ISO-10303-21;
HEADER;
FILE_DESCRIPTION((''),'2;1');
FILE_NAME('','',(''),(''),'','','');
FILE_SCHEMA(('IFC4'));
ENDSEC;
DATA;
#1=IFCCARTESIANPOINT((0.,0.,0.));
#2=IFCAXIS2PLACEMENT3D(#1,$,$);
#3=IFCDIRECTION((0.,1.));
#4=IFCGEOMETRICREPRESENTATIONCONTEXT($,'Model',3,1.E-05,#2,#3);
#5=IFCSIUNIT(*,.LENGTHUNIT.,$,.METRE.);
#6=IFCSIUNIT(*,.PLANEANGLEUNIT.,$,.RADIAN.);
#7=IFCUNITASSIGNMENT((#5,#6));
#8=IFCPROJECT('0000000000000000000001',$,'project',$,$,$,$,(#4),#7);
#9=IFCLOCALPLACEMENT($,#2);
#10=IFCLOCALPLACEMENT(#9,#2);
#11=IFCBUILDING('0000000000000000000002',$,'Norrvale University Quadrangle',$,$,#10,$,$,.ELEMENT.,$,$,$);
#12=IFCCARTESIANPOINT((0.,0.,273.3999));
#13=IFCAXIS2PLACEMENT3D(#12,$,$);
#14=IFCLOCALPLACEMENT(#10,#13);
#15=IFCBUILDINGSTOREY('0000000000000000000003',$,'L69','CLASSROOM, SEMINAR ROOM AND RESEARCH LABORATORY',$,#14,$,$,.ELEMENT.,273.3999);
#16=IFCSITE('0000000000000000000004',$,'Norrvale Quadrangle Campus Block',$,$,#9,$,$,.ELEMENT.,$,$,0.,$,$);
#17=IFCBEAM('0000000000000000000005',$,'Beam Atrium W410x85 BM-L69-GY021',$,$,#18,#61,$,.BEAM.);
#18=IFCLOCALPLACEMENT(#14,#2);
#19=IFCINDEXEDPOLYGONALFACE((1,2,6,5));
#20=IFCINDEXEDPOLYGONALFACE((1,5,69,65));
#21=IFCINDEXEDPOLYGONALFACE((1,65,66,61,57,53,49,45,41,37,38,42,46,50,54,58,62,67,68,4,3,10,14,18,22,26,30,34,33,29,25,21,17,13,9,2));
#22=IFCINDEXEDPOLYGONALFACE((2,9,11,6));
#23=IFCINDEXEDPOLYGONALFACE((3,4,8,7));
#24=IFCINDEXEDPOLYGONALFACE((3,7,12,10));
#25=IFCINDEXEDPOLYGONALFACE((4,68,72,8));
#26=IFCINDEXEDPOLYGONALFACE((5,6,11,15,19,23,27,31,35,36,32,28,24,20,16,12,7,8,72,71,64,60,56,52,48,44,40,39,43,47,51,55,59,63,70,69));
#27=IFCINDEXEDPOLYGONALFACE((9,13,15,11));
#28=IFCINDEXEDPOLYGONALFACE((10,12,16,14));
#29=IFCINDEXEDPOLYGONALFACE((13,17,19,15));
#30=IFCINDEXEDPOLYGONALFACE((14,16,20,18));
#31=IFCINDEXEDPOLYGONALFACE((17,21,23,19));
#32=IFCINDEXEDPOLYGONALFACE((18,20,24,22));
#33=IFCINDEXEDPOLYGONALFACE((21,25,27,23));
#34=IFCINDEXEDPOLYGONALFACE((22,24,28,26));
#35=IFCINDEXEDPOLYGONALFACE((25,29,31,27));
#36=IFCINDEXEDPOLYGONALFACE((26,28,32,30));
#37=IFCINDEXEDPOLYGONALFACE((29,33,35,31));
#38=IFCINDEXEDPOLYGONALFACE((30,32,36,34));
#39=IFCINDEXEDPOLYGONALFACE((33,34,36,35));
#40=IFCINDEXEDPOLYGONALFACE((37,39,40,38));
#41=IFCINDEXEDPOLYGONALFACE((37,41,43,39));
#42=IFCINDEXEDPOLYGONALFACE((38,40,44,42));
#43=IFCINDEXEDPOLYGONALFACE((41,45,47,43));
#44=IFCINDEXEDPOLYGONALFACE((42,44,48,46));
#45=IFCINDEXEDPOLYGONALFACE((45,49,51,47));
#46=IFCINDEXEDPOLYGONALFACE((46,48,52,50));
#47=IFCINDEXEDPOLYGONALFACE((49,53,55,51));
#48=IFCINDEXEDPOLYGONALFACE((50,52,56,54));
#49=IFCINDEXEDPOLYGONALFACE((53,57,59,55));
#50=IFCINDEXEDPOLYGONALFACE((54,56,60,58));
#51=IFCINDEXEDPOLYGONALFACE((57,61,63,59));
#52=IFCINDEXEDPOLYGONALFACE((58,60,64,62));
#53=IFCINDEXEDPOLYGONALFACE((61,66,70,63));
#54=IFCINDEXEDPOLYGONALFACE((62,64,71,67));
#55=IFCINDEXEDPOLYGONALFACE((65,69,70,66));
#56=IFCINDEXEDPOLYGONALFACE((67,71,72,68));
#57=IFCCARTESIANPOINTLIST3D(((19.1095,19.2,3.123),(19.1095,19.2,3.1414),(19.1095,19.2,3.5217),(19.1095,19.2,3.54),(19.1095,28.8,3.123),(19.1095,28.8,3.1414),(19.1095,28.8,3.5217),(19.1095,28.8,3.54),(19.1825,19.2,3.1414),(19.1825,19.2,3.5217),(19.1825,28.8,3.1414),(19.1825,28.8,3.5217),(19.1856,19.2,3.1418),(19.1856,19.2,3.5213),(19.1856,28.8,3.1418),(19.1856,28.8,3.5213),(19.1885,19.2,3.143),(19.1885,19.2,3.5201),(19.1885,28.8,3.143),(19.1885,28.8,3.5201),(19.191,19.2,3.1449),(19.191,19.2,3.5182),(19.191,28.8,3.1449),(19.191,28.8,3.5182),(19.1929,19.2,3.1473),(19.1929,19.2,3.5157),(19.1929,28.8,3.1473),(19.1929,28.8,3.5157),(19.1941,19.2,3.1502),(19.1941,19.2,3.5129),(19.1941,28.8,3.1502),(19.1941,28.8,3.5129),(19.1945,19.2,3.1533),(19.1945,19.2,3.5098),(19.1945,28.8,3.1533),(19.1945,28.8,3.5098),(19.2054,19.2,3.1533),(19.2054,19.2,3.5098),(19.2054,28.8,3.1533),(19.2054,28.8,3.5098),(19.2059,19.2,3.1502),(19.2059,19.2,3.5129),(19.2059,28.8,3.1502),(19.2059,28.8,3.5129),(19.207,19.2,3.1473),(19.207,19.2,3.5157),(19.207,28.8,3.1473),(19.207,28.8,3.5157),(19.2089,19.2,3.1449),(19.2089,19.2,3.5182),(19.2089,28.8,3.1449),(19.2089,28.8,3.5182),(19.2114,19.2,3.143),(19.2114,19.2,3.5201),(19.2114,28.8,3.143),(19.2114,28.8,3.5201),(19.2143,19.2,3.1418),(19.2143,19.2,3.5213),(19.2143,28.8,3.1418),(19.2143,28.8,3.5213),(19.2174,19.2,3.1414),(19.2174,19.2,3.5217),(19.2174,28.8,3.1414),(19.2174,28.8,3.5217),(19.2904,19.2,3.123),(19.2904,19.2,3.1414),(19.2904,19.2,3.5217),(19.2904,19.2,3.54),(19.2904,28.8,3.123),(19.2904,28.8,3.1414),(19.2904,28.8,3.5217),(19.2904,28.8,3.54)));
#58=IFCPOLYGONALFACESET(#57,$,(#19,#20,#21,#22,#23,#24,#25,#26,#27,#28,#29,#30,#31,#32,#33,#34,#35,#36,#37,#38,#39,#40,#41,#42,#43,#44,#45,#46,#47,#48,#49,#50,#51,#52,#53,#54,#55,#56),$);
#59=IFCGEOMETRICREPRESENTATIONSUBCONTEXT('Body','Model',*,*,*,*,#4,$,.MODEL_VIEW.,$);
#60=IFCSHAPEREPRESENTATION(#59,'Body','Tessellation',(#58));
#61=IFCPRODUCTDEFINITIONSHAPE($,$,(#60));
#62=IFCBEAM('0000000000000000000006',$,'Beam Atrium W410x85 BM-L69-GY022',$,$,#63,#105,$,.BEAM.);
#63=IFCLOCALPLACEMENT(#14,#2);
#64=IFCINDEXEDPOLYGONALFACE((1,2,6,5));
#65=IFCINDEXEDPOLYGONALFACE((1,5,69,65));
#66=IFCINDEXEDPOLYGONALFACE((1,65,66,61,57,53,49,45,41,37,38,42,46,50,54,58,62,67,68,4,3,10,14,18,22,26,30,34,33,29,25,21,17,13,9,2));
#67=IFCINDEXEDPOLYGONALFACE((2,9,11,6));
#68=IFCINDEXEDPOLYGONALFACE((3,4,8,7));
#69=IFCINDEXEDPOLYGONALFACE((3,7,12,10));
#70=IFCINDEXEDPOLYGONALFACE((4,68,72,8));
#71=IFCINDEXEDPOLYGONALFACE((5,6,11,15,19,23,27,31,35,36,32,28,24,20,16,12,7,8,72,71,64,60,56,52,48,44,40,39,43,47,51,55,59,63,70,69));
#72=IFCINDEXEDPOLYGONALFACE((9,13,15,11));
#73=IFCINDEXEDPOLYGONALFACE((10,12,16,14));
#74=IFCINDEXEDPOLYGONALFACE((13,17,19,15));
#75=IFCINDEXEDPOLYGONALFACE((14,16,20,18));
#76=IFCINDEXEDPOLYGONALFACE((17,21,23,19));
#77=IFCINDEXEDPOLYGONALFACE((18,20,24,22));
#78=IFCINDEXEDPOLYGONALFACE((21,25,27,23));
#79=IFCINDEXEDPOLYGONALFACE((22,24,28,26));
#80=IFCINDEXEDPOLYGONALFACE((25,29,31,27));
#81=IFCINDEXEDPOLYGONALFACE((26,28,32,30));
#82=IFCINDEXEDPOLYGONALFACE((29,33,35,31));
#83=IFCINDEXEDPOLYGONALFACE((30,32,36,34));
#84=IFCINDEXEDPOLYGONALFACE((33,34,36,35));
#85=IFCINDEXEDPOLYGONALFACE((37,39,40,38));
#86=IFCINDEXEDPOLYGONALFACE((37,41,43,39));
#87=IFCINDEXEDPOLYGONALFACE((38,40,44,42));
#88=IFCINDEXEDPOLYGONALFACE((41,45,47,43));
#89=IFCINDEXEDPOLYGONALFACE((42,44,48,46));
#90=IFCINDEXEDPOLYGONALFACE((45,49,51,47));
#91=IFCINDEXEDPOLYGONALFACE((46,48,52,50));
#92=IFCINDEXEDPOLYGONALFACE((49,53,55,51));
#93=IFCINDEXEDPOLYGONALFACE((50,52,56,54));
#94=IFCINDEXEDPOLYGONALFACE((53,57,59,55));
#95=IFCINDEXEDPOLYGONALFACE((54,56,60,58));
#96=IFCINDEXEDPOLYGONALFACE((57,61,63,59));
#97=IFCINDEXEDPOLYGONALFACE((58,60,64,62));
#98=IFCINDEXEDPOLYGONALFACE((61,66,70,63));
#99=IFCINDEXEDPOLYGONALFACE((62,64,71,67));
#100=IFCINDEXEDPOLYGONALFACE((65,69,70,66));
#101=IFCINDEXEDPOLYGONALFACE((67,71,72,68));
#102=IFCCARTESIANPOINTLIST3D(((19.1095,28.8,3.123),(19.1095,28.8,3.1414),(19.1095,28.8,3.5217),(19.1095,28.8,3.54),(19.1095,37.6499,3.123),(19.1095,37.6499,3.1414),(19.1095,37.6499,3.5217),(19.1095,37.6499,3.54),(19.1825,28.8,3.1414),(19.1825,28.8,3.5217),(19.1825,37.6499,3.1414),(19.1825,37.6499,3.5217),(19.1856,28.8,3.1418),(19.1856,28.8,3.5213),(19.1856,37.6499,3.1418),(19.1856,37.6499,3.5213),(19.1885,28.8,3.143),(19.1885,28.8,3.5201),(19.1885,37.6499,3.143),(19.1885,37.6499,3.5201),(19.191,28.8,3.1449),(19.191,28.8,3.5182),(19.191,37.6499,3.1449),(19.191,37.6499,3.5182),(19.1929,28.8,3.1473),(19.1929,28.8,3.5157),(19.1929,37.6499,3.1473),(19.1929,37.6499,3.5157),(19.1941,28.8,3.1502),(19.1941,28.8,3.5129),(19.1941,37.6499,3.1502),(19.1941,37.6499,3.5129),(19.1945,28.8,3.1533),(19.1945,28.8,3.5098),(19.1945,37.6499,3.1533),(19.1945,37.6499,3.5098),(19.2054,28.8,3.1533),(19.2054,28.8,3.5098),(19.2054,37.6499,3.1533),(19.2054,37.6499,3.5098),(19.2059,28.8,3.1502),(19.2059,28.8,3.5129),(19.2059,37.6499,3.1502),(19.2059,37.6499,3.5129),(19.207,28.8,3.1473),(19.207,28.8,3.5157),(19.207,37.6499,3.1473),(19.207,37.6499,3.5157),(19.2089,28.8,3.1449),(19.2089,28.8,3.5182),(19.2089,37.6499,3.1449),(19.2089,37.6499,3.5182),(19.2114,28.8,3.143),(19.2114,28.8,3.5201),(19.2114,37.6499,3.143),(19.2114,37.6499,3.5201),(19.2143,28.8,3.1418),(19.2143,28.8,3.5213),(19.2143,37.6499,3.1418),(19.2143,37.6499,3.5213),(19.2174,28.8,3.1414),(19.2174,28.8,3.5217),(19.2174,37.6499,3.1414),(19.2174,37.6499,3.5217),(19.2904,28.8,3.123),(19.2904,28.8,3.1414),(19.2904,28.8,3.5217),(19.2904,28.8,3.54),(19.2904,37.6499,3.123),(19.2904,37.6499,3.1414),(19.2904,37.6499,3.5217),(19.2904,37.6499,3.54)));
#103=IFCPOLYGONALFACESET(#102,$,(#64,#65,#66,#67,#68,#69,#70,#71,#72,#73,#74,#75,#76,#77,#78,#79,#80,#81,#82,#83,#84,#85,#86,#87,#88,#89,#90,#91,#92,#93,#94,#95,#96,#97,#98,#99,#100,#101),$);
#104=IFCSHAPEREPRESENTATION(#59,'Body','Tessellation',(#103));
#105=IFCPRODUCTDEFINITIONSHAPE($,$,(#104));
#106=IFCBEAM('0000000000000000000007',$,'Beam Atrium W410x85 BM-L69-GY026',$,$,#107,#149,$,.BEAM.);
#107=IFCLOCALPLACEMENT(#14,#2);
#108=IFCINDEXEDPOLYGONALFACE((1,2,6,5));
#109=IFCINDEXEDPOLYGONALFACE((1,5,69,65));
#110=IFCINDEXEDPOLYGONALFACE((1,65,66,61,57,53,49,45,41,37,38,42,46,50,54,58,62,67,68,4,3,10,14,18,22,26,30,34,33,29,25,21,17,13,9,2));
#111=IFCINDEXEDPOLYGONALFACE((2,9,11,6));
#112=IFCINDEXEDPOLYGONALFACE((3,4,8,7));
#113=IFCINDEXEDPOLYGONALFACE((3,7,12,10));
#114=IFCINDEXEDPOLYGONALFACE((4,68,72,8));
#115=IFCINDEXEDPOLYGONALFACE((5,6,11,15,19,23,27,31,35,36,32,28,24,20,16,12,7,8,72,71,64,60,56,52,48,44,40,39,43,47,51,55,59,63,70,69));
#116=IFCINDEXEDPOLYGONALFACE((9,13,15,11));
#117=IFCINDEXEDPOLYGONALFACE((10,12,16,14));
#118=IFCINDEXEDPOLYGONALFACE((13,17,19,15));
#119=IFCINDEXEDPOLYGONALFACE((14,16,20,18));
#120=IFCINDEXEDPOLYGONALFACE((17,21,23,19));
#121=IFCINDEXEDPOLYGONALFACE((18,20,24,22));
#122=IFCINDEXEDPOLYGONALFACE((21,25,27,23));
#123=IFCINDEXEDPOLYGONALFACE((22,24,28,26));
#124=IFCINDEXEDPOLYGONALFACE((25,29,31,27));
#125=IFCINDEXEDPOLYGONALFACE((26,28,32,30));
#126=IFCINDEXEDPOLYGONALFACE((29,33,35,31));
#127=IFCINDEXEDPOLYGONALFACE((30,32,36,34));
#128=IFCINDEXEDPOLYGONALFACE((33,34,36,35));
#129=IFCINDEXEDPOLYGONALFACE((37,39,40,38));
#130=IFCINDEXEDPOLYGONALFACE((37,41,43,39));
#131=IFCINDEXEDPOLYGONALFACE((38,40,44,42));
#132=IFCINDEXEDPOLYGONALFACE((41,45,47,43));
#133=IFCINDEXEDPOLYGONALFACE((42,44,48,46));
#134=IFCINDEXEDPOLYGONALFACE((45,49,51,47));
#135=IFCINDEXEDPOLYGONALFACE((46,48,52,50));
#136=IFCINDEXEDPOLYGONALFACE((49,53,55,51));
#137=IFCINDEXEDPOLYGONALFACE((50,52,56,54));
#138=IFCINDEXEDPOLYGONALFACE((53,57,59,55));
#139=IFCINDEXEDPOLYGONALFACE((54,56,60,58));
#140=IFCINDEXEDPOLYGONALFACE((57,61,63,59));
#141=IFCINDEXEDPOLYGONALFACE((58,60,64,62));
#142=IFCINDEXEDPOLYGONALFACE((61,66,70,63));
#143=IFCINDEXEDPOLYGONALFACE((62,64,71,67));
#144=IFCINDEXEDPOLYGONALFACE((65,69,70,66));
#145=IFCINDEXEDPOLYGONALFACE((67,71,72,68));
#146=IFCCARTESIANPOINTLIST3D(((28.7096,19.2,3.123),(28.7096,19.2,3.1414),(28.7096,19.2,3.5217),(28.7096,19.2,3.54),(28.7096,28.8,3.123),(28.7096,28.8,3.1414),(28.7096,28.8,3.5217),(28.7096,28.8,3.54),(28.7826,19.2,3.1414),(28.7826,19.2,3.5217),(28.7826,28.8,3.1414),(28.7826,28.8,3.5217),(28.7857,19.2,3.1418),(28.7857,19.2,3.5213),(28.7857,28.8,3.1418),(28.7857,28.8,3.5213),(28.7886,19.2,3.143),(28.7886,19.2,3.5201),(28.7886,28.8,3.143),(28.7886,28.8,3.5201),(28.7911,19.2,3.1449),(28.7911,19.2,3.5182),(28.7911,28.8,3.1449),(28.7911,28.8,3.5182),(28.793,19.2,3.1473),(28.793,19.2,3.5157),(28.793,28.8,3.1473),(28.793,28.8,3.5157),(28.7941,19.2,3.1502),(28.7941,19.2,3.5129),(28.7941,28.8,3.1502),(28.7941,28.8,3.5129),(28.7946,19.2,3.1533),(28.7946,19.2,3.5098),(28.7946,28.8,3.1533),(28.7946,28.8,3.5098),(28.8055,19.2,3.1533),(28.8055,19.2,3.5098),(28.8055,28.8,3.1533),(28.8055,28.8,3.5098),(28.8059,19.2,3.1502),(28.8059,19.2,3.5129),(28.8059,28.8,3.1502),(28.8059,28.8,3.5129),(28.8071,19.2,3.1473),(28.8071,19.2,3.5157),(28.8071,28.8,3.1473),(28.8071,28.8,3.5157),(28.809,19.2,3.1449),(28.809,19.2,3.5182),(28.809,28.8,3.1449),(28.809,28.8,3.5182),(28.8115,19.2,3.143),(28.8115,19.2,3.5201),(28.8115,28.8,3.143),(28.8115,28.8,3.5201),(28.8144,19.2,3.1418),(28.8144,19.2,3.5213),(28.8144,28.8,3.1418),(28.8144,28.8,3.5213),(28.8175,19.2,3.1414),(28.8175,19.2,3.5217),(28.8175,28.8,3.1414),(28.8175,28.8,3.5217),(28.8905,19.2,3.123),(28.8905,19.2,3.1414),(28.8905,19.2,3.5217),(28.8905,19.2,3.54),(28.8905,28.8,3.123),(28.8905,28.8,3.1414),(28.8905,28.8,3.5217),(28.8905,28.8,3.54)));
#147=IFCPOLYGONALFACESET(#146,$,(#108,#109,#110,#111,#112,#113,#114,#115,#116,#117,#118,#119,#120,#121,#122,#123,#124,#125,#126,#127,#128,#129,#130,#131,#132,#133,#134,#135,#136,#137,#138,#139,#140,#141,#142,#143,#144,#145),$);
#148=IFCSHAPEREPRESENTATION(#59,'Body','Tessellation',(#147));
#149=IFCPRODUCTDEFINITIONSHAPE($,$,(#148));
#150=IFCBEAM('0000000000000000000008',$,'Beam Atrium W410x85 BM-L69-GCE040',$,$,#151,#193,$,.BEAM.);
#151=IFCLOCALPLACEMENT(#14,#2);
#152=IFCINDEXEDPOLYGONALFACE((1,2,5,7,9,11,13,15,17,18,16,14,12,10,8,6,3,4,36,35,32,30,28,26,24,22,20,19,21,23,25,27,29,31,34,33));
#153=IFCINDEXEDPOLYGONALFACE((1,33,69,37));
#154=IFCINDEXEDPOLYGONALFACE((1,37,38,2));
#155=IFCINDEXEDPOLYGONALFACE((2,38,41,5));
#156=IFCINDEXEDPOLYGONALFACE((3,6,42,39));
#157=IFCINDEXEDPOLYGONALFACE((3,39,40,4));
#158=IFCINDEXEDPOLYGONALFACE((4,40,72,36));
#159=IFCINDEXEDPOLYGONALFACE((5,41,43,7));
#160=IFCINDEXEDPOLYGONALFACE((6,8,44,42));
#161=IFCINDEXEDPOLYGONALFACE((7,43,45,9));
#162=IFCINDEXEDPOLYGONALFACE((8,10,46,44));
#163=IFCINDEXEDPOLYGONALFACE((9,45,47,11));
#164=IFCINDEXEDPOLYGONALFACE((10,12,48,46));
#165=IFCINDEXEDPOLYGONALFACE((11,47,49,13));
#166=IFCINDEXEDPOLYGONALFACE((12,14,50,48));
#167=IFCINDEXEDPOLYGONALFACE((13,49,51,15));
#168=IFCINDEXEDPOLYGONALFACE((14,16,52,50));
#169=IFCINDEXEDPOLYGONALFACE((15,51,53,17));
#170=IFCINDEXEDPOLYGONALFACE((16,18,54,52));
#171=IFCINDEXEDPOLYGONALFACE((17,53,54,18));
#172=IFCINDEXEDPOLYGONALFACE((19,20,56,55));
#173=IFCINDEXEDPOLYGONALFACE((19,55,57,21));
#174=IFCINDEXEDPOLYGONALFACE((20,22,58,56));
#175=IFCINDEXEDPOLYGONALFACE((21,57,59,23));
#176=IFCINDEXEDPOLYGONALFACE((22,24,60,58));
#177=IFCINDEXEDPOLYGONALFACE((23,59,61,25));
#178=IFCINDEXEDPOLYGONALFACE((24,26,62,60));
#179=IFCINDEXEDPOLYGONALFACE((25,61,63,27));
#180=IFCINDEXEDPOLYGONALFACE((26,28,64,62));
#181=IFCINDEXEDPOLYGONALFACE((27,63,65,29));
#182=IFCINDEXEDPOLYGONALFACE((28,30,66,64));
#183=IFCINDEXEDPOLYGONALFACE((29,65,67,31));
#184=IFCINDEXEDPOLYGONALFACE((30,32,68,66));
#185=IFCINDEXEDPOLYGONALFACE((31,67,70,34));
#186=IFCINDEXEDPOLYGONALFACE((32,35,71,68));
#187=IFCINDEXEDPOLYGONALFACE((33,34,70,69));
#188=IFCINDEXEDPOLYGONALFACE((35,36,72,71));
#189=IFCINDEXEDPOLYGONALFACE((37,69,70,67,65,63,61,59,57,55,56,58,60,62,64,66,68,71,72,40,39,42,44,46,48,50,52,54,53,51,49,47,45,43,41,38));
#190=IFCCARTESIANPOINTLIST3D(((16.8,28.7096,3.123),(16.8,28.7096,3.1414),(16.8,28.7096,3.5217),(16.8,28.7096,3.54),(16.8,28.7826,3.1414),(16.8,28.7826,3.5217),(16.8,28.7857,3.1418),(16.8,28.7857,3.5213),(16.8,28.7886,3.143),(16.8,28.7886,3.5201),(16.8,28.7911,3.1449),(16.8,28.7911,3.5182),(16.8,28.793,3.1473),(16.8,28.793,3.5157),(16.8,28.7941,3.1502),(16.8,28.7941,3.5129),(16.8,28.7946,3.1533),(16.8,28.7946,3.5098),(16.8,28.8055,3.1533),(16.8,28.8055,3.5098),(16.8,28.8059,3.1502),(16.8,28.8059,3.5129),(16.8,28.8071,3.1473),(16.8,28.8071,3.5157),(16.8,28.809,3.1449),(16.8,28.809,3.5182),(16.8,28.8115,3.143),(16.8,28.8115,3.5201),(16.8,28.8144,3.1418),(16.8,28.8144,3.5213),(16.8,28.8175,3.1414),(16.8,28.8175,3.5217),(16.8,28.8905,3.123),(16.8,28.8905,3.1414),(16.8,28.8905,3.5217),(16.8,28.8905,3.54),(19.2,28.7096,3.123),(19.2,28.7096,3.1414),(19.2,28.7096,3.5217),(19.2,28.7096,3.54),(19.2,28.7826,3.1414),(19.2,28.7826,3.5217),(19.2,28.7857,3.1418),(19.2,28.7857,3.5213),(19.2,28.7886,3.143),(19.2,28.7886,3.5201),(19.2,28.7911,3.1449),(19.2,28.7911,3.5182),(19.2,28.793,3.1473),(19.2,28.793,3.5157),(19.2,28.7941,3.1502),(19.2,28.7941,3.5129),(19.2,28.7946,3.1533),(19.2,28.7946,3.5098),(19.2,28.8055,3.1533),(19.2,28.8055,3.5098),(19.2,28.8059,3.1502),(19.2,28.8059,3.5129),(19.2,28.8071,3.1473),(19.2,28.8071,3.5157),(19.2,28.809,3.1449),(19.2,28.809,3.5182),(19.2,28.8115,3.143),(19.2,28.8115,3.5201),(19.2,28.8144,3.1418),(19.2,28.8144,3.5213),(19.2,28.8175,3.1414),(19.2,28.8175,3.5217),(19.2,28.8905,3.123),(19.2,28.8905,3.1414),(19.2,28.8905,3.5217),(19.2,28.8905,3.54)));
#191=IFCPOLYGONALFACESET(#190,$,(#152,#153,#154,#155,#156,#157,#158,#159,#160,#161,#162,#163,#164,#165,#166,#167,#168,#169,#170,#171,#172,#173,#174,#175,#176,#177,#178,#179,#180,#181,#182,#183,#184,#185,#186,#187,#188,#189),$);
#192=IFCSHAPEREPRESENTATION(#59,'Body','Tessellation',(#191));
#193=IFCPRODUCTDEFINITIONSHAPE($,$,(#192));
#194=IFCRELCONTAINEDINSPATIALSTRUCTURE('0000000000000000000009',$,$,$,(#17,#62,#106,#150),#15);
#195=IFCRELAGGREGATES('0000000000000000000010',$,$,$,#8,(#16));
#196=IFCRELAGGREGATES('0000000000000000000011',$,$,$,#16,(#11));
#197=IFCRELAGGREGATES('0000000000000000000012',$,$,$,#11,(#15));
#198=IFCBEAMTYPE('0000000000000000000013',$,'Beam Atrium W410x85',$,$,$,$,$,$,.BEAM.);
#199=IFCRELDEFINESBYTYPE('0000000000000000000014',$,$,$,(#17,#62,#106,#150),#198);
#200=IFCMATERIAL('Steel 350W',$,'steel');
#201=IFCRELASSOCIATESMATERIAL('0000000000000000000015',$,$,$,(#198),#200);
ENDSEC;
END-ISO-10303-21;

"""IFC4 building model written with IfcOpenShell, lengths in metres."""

from ifc_helpers import new_model, si_unit, direction, frame, origin, origin_2d, place, context, subcontext, project, spatial, i_section, extrude, material, material_profile, profile_set, type_object, element, save


model = new_model("IFC4")

# Units and contexts
model_context = context("Model", 3, precision=1e-05, world=origin(), true_north=direction((0.0, 1.0)))
body_context = subcontext(model_context, "Body", "Model", "MODEL_VIEW")
ifc_project = project(units=[si_unit("LENGTHUNIT", "METRE"), si_unit("PLANEANGLEUNIT", "RADIAN")], contexts=[model_context])

# Site, building, storey
site_placement = place(None, origin())
site = spatial("IfcSite", under=ifc_project, at=site_placement, Name="Norrvale Quadrangle Campus Block", CompositionType="ELEMENT", RefElevation=0.0)
building_placement = place(site_placement, origin())
building = spatial("IfcBuilding", under=site, at=building_placement, Name="Norrvale University Quadrangle", CompositionType="ELEMENT")
storey_placement = place(building_placement, frame((0.0, 0.0, 273.3999)))
storey = spatial("IfcBuildingStorey", under=building, at=storey_placement, Name="L69", Description="CLASSROOM, SEMINAR ROOM AND RESEARCH LABORATORY", CompositionType="ELEMENT", Elevation=273.3999)

# Beams
ifc_material_1 = material(Name="Steel 350W", Category="steel")
ifc_material_profile_1 = material_profile(ifc_material_1, i_section(OverallWidth=0.1809, OverallDepth=0.417, WebThickness=0.011, FlangeThickness=0.0183, FilletRadius=0.012, at=origin_2d()), Name="Steel 350W")
ifc_profile_set_1 = profile_set([ifc_material_profile_1], Name="Steel 350W")
beam_type_1 = type_object("IfcBeamType", Name="Beam Atrium W410x85", PredefinedType="BEAM", material=ifc_profile_set_1)
for number, where, z_axis, x_axis, name in (
    (1, (19.2, 19.2, 3.3315), (0.0, 1.0, 0.0), (-1.0, 0.0, 0.0), "Beam Atrium W410x85 BM-L69-GY021"),
):
    element("IfcBeam", number, at=place(storey_placement, frame(where, z_axis=z_axis, x_axis=x_axis)), inside=storey, type_object=beam_type_1, Name=name, PredefinedType="BEAM", context=body_context, shape_type="SweptSolid", body=[
        extrude(i_section(OverallWidth=0.1809, OverallDepth=0.417, WebThickness=0.011, FlangeThickness=0.0183, FilletRadius=0.012, at=origin_2d()), origin(), (0.0, 0.0, 1.0), 9.6001),
    ])
beam_1_placement = place(storey_placement, frame((19.2, 28.8, 3.3315), z_axis=(0.0, 1.0, 0.0), x_axis=(-1.0, 0.0, 0.0)))
element("IfcBeam", 2, at=beam_1_placement, inside=storey, type_object=beam_type_1, Name="Beam Atrium W410x85 BM-L69-GY022", PredefinedType="BEAM", context=body_context, shape_type="SweptSolid", body=[
    extrude(i_section(OverallWidth=0.1809, OverallDepth=0.417, WebThickness=0.011, FlangeThickness=0.0183, FilletRadius=0.012, at=origin_2d()), origin(), (0.0, 0.0, 1.0), 8.8499),
])
beam_2_placement = place(storey_placement, frame((28.8, 19.2, 3.3315), z_axis=(0.0, 1.0, 0.0), x_axis=(-1.0, 0.0, 0.0)))
element("IfcBeam", 3, at=beam_2_placement, inside=storey, type_object=beam_type_1, Name="Beam Atrium W410x85 BM-L69-GY026", PredefinedType="BEAM", context=body_context, shape_type="SweptSolid", body=[
    extrude(i_section(OverallWidth=0.1809, OverallDepth=0.417, WebThickness=0.011, FlangeThickness=0.0183, FilletRadius=0.012, at=origin_2d()), origin(), (0.0, 0.0, 1.0), 9.6001),
])
beam_3_placement = place(storey_placement, frame((16.8, 28.8, 3.3315), z_axis=(1.0, 0.0, 0.0), x_axis=(0.0, 1.0, 0.0)))
element("IfcBeam", 4, at=beam_3_placement, inside=storey, type_object=beam_type_1, Name="Beam Atrium W410x85 BM-L69-GCE040", PredefinedType="BEAM", context=body_context, shape_type="SweptSolid", body=[
    extrude(i_section(OverallWidth=0.1809, OverallDepth=0.417, WebThickness=0.011, FlangeThickness=0.0183, FilletRadius=0.012, at=origin_2d()), origin(), (0.0, 0.0, 1.0), 2.3999),
])

save(model, "model.ifc")
